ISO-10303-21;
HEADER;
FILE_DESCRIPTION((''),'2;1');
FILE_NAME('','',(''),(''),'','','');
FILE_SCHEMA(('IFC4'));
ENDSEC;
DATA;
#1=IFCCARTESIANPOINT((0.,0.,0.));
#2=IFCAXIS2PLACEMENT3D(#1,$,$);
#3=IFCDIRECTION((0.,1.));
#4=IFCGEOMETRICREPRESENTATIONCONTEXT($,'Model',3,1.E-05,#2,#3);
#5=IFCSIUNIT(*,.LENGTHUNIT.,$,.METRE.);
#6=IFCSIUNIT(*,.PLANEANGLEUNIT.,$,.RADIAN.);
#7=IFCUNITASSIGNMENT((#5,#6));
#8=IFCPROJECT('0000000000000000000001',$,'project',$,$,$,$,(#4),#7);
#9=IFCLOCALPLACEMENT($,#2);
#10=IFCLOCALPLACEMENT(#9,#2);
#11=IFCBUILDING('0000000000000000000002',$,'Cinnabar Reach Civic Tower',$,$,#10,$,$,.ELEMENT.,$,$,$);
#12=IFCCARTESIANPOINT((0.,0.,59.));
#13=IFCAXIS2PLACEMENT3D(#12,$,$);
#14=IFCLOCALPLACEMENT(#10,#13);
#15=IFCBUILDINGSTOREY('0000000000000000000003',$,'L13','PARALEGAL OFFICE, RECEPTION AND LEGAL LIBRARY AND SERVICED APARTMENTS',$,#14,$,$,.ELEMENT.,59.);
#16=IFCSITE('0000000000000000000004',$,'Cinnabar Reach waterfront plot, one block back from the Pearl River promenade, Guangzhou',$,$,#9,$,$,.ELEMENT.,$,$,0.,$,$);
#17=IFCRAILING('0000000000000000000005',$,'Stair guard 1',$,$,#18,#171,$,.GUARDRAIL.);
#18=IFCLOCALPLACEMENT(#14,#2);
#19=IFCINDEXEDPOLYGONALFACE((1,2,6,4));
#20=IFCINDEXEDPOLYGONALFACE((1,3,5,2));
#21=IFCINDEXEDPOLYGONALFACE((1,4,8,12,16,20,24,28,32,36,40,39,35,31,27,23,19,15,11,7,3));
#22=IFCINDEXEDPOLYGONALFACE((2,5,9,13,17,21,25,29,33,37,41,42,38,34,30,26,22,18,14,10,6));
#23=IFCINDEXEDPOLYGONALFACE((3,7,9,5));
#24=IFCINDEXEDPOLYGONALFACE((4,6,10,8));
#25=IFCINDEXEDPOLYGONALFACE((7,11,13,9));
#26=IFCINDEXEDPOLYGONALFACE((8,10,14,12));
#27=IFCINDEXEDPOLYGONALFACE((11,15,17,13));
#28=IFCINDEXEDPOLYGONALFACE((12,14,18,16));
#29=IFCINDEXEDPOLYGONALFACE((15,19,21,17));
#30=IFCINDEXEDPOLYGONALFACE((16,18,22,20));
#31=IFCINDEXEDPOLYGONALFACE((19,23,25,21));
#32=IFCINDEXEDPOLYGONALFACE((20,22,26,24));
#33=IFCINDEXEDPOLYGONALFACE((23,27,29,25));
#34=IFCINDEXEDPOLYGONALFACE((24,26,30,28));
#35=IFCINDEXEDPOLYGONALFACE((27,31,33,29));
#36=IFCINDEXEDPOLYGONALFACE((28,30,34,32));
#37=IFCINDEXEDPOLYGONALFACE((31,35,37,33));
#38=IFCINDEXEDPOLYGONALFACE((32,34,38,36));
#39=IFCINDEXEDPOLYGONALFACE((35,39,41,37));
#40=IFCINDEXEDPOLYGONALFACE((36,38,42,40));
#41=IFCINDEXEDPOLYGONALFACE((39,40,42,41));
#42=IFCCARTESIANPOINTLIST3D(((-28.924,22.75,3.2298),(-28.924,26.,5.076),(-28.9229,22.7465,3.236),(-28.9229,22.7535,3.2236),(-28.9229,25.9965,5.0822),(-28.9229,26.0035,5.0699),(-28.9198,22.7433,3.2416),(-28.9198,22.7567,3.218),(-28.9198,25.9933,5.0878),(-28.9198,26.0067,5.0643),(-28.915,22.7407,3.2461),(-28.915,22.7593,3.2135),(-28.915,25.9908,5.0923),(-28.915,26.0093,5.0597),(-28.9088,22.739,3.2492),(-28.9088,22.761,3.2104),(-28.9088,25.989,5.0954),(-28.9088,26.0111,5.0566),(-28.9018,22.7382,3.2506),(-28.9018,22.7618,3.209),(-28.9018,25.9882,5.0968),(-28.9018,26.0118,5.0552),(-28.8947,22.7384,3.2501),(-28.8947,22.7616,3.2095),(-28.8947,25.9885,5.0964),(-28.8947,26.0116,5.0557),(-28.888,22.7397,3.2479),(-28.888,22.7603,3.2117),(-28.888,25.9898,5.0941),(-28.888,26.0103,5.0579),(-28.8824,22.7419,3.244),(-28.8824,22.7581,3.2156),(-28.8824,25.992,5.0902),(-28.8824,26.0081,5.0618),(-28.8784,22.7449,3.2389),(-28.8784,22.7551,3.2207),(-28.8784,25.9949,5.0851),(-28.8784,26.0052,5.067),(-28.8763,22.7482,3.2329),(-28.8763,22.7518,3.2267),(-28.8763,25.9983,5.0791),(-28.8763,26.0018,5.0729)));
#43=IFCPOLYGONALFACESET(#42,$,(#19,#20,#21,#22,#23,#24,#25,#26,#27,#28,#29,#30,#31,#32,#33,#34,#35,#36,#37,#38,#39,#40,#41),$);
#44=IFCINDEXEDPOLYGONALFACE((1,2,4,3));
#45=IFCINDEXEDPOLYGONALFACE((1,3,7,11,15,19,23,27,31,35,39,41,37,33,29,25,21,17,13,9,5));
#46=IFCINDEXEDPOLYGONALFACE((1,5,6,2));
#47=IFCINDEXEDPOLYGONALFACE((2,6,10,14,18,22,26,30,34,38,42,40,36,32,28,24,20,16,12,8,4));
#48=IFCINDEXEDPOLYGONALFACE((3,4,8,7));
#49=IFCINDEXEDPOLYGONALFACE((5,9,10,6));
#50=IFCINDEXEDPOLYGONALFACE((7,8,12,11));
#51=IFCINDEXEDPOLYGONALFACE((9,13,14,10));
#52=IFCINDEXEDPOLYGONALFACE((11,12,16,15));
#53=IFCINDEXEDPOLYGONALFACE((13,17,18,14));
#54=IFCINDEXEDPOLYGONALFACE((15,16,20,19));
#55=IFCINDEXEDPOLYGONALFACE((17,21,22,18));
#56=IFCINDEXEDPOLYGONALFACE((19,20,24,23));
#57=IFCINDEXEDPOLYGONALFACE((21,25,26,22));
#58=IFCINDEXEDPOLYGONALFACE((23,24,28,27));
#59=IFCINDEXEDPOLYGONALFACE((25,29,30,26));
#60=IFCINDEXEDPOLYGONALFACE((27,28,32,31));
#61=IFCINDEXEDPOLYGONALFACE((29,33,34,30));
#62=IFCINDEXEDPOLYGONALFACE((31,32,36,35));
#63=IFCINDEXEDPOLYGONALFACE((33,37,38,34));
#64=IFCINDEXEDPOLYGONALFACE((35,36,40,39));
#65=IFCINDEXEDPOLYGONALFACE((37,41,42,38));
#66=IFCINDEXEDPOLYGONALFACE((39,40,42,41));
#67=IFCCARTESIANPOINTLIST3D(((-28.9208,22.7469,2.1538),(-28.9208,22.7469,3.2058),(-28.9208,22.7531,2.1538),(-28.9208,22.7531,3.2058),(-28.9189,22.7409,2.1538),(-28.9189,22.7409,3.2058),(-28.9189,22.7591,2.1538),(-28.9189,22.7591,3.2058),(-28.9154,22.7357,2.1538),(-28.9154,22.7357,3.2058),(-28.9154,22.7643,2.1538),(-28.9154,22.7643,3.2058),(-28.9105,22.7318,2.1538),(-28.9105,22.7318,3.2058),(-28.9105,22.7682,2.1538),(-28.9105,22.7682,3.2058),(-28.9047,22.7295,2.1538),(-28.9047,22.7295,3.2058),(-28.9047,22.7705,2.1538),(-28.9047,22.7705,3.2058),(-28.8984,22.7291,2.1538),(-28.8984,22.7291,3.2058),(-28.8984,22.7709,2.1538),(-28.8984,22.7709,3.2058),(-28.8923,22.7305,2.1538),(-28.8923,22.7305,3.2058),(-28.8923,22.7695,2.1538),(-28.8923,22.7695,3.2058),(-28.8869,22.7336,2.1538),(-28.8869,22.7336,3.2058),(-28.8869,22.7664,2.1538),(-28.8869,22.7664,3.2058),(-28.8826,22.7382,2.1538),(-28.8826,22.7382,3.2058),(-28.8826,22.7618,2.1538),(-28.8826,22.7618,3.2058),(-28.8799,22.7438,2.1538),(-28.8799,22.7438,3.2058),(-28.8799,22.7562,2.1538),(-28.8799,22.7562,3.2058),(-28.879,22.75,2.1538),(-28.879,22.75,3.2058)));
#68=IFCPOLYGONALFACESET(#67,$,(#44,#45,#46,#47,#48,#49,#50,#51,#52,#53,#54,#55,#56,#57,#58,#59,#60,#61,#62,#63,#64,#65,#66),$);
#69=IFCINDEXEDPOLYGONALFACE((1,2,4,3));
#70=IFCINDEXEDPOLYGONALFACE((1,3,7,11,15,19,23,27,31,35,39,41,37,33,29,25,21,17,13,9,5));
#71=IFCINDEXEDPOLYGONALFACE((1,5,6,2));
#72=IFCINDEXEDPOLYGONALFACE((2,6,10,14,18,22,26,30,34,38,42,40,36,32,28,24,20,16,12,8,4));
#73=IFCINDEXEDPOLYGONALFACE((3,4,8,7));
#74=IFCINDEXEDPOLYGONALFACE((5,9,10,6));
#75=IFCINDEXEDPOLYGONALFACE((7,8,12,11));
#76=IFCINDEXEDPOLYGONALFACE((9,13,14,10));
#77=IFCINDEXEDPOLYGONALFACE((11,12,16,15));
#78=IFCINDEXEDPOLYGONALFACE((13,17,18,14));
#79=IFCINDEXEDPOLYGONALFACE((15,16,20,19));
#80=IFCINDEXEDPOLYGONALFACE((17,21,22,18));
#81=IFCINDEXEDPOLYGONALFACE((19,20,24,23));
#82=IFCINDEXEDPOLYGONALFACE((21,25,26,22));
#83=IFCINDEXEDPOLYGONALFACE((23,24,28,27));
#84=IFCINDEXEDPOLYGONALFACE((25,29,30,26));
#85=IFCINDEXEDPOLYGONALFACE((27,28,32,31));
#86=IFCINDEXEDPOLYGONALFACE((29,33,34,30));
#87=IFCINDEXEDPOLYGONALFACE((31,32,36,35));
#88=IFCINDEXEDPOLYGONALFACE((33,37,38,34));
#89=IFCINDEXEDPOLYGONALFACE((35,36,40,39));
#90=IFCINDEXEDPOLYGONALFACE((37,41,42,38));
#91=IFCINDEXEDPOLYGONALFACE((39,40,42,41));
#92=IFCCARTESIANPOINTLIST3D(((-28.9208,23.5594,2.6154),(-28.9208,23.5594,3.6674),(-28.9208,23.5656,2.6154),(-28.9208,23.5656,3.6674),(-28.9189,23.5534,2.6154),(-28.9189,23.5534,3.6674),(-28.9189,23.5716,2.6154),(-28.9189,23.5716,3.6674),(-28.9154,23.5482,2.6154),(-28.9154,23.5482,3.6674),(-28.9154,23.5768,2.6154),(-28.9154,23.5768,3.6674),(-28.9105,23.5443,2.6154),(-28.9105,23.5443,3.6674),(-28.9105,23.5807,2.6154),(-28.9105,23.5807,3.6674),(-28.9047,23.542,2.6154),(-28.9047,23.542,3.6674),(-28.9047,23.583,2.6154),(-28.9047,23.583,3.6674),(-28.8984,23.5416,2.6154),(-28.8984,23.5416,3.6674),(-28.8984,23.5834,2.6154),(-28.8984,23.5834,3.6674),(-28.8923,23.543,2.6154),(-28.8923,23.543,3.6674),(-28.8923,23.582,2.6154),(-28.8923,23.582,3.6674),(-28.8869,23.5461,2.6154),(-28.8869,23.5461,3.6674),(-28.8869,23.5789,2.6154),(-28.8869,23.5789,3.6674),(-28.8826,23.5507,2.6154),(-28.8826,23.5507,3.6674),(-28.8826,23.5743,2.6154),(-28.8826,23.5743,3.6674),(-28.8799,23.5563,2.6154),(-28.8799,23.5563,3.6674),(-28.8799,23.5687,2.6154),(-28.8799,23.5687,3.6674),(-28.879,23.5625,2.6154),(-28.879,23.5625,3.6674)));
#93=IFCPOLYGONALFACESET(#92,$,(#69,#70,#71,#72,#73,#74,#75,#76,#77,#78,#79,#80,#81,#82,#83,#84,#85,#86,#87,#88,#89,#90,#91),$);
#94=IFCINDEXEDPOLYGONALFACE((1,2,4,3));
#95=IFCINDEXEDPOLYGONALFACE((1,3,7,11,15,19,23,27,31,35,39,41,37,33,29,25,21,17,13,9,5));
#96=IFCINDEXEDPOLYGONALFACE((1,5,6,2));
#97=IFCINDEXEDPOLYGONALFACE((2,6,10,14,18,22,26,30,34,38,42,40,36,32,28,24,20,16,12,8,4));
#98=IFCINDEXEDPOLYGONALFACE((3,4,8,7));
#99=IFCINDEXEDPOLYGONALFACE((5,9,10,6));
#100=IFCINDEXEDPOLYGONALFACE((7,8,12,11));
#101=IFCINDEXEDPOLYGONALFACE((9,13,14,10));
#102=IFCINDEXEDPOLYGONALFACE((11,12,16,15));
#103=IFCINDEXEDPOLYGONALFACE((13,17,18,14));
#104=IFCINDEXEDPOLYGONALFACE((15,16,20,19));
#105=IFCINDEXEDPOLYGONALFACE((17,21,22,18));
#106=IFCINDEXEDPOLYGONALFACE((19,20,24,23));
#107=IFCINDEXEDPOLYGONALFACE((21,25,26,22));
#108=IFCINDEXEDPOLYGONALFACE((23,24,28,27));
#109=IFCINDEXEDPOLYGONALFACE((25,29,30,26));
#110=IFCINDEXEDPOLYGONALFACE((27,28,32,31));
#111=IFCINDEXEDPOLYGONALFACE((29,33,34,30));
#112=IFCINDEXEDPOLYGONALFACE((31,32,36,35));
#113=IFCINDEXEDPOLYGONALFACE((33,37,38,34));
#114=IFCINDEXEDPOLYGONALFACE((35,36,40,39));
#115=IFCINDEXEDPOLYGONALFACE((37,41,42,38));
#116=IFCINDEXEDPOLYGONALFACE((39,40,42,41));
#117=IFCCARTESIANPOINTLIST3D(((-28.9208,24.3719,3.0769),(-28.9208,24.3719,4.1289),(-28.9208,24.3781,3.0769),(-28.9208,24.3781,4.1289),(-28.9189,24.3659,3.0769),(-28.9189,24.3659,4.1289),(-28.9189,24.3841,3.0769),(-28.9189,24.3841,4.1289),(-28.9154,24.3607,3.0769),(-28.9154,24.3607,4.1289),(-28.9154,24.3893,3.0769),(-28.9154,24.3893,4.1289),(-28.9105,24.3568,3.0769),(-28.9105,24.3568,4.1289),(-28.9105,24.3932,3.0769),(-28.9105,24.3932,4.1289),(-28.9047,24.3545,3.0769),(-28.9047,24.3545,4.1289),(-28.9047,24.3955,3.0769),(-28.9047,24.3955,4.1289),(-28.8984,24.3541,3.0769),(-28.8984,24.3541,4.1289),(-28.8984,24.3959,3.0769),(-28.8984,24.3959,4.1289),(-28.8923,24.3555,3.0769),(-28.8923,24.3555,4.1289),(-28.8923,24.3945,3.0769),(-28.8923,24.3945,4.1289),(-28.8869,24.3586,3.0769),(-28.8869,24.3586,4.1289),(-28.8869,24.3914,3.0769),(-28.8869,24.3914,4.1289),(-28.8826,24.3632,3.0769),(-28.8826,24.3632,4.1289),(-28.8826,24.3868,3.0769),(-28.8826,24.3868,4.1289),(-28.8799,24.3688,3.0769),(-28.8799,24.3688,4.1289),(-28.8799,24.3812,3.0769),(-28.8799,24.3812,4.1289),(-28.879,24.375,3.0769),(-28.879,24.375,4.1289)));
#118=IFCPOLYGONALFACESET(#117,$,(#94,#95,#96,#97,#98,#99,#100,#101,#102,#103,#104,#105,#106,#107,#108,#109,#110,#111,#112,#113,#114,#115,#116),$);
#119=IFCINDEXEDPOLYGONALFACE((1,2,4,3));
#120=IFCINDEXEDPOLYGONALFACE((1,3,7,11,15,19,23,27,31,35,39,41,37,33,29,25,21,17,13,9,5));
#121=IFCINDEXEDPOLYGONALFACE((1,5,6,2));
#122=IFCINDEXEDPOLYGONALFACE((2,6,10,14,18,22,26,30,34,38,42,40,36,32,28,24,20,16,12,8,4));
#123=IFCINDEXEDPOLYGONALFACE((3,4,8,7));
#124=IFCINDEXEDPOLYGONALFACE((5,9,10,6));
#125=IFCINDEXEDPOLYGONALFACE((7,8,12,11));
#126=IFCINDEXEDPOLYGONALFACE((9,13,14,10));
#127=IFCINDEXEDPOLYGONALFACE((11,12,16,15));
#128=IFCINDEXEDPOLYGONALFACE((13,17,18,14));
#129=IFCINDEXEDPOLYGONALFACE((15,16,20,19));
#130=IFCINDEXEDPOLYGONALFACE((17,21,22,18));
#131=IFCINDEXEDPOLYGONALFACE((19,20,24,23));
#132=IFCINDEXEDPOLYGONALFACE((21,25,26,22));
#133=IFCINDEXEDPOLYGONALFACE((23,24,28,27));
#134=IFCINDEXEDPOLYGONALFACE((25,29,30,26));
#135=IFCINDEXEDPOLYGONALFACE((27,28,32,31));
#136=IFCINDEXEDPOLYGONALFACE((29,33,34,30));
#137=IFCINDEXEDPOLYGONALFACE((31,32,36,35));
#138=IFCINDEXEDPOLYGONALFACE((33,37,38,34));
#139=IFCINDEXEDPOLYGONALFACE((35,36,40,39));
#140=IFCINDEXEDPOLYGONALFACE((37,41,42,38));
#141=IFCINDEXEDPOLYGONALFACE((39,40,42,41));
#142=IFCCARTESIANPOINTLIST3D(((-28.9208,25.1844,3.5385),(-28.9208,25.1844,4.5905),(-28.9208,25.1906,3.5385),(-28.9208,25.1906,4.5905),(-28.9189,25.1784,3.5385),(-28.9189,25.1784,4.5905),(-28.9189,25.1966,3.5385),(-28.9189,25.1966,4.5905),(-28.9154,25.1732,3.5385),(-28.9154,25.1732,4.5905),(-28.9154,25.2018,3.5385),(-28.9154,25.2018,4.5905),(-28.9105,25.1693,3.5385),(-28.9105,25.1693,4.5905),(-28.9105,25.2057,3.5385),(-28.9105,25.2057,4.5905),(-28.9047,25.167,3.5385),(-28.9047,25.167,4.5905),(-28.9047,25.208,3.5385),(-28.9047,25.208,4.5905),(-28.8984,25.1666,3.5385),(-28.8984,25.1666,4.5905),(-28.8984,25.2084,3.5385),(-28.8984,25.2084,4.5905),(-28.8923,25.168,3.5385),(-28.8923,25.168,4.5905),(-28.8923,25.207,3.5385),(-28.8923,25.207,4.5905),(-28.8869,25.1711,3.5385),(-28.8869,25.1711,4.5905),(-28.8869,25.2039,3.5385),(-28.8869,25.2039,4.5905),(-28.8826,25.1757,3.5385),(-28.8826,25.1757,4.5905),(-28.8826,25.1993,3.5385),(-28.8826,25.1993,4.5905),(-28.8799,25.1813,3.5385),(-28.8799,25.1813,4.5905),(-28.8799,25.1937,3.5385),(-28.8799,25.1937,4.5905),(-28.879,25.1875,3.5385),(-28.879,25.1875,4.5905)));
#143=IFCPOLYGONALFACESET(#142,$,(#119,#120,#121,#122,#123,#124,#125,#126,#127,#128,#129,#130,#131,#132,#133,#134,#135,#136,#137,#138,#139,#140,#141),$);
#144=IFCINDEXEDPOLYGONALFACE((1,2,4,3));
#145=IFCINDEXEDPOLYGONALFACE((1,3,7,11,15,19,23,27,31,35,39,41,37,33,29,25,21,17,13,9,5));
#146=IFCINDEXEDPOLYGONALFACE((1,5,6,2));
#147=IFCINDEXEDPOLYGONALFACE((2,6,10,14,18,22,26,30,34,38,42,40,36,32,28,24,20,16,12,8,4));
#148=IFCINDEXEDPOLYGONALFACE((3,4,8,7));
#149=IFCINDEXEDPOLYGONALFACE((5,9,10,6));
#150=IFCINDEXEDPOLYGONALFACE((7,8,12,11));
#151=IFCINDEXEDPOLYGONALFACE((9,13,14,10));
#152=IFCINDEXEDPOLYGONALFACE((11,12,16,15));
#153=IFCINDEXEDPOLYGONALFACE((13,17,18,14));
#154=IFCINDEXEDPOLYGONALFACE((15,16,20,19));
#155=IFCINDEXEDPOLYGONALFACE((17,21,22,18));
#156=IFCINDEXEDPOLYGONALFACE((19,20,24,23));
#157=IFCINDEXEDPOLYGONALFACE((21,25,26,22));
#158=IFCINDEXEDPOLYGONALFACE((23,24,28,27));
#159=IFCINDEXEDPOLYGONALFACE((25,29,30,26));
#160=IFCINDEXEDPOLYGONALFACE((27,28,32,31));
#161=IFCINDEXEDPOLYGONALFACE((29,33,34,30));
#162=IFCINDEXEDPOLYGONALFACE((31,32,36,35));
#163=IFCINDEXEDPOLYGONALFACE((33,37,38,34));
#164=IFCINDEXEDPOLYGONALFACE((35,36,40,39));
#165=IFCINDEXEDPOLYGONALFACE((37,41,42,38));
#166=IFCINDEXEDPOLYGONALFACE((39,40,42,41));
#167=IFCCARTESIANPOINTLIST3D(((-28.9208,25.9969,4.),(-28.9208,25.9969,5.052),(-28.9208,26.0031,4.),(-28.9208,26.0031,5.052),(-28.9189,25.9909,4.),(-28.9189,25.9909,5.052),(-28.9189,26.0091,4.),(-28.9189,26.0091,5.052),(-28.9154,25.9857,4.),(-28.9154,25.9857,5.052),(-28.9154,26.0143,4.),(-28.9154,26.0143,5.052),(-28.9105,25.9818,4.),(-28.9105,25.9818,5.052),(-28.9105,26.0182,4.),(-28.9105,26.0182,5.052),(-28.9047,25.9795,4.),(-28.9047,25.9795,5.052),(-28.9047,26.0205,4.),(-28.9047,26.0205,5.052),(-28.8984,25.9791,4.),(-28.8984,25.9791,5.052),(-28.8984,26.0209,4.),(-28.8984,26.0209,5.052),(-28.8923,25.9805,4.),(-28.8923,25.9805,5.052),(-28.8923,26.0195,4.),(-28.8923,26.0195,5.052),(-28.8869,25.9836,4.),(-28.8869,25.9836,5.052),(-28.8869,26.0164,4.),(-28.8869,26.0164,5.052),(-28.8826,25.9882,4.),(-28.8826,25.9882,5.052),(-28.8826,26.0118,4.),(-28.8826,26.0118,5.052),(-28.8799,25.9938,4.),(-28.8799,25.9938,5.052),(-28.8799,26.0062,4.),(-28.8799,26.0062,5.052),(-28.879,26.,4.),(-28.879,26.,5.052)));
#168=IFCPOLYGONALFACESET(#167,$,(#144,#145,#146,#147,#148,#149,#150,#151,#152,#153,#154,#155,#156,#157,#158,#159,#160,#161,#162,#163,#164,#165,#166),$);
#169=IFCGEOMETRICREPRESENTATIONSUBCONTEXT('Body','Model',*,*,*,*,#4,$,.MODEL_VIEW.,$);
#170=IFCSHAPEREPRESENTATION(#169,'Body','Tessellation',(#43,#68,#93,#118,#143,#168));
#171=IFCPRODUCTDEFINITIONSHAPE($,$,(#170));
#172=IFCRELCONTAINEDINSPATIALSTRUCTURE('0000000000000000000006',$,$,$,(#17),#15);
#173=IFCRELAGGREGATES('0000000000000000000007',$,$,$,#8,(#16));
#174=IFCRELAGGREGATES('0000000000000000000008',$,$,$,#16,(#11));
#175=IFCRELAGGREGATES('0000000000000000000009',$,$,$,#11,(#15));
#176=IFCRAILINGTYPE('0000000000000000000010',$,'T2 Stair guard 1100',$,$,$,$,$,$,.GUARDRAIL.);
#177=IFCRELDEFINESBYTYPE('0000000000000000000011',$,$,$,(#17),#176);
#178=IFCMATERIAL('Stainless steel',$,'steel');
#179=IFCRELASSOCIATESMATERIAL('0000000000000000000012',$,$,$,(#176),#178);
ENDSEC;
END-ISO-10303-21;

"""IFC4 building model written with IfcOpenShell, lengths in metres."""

from ifc_helpers import new_model, si_unit, direction, frame, origin, origin_2d, place, context, subcontext, project, spatial, circle, extrude, material, type_object, element, save


model = new_model("IFC4")

# Units and contexts
model_context = context("Model", 3, precision=1e-05, world=origin(), true_north=direction((0.0, 1.0)))
body_context = subcontext(model_context, "Body", "Model", "MODEL_VIEW")
ifc_project = project(units=[si_unit("LENGTHUNIT", "METRE"), si_unit("PLANEANGLEUNIT", "RADIAN")], contexts=[model_context])

# Site, building, storey
site_placement = place(None, origin())
site = spatial("IfcSite", under=ifc_project, at=site_placement, Name="Cinnabar Reach waterfront plot, one block back from the Pearl River promenade, Guangzhou", CompositionType="ELEMENT", RefElevation=0.0)
building_placement = place(site_placement, origin())
building = spatial("IfcBuilding", under=site, at=building_placement, Name="Cinnabar Reach Civic Tower", CompositionType="ELEMENT")
storey_placement = place(building_placement, frame((0.0, 0.0, 59.0)))
storey = spatial("IfcBuildingStorey", under=building, at=storey_placement, Name="L13", Description="PARALEGAL OFFICE, RECEPTION AND LEGAL LIBRARY AND SERVICED APARTMENTS", CompositionType="ELEMENT", Elevation=59.0)

# Railing
ifc_material_1 = material(Name="Stainless steel", Category="steel")
railing_type = type_object("IfcRailingType", Name="T2 Stair guard 1100", PredefinedType="GUARDRAIL", material=ifc_material_1)
railing_1_placement = place(storey_placement, frame((-28.9, 22.75, 2.1538)))
element("IfcRailing", 1, at=railing_1_placement, inside=storey, type_object=railing_type, Name="Stair guard 1", PredefinedType="GUARDRAIL", context=body_context, shape_type="SweptSolid", body=[
    extrude(circle(Radius=0.024, at=origin_2d()), frame((0.0, 0.0, 1.076), z_axis=(0.0, 0.869501, 0.49393), x_axis=(-1.0, 0.0, 0.0)), (0.0, 0.0, 1.0), 3.7378),
    extrude(circle(Radius=0.021, at=origin_2d()), origin(), (0.0, 0.0, 1.0), 1.052),
    extrude(circle(Radius=0.021, at=origin_2d()), frame((0.0, 0.8125, 0.4616)), (0.0, 0.0, 1.0), 1.052),
    extrude(circle(Radius=0.021, at=origin_2d()), frame((0.0, 1.625, 0.9231)), (0.0, 0.0, 1.0), 1.052),
    extrude(circle(Radius=0.021, at=origin_2d()), frame((0.0, 2.4375, 1.3847)), (0.0, 0.0, 1.0), 1.052),
    extrude(circle(Radius=0.021, at=origin_2d()), frame((0.0, 3.25, 1.8462)), (0.0, 0.0, 1.0), 1.052),
])

save(model, "model.ifc")
